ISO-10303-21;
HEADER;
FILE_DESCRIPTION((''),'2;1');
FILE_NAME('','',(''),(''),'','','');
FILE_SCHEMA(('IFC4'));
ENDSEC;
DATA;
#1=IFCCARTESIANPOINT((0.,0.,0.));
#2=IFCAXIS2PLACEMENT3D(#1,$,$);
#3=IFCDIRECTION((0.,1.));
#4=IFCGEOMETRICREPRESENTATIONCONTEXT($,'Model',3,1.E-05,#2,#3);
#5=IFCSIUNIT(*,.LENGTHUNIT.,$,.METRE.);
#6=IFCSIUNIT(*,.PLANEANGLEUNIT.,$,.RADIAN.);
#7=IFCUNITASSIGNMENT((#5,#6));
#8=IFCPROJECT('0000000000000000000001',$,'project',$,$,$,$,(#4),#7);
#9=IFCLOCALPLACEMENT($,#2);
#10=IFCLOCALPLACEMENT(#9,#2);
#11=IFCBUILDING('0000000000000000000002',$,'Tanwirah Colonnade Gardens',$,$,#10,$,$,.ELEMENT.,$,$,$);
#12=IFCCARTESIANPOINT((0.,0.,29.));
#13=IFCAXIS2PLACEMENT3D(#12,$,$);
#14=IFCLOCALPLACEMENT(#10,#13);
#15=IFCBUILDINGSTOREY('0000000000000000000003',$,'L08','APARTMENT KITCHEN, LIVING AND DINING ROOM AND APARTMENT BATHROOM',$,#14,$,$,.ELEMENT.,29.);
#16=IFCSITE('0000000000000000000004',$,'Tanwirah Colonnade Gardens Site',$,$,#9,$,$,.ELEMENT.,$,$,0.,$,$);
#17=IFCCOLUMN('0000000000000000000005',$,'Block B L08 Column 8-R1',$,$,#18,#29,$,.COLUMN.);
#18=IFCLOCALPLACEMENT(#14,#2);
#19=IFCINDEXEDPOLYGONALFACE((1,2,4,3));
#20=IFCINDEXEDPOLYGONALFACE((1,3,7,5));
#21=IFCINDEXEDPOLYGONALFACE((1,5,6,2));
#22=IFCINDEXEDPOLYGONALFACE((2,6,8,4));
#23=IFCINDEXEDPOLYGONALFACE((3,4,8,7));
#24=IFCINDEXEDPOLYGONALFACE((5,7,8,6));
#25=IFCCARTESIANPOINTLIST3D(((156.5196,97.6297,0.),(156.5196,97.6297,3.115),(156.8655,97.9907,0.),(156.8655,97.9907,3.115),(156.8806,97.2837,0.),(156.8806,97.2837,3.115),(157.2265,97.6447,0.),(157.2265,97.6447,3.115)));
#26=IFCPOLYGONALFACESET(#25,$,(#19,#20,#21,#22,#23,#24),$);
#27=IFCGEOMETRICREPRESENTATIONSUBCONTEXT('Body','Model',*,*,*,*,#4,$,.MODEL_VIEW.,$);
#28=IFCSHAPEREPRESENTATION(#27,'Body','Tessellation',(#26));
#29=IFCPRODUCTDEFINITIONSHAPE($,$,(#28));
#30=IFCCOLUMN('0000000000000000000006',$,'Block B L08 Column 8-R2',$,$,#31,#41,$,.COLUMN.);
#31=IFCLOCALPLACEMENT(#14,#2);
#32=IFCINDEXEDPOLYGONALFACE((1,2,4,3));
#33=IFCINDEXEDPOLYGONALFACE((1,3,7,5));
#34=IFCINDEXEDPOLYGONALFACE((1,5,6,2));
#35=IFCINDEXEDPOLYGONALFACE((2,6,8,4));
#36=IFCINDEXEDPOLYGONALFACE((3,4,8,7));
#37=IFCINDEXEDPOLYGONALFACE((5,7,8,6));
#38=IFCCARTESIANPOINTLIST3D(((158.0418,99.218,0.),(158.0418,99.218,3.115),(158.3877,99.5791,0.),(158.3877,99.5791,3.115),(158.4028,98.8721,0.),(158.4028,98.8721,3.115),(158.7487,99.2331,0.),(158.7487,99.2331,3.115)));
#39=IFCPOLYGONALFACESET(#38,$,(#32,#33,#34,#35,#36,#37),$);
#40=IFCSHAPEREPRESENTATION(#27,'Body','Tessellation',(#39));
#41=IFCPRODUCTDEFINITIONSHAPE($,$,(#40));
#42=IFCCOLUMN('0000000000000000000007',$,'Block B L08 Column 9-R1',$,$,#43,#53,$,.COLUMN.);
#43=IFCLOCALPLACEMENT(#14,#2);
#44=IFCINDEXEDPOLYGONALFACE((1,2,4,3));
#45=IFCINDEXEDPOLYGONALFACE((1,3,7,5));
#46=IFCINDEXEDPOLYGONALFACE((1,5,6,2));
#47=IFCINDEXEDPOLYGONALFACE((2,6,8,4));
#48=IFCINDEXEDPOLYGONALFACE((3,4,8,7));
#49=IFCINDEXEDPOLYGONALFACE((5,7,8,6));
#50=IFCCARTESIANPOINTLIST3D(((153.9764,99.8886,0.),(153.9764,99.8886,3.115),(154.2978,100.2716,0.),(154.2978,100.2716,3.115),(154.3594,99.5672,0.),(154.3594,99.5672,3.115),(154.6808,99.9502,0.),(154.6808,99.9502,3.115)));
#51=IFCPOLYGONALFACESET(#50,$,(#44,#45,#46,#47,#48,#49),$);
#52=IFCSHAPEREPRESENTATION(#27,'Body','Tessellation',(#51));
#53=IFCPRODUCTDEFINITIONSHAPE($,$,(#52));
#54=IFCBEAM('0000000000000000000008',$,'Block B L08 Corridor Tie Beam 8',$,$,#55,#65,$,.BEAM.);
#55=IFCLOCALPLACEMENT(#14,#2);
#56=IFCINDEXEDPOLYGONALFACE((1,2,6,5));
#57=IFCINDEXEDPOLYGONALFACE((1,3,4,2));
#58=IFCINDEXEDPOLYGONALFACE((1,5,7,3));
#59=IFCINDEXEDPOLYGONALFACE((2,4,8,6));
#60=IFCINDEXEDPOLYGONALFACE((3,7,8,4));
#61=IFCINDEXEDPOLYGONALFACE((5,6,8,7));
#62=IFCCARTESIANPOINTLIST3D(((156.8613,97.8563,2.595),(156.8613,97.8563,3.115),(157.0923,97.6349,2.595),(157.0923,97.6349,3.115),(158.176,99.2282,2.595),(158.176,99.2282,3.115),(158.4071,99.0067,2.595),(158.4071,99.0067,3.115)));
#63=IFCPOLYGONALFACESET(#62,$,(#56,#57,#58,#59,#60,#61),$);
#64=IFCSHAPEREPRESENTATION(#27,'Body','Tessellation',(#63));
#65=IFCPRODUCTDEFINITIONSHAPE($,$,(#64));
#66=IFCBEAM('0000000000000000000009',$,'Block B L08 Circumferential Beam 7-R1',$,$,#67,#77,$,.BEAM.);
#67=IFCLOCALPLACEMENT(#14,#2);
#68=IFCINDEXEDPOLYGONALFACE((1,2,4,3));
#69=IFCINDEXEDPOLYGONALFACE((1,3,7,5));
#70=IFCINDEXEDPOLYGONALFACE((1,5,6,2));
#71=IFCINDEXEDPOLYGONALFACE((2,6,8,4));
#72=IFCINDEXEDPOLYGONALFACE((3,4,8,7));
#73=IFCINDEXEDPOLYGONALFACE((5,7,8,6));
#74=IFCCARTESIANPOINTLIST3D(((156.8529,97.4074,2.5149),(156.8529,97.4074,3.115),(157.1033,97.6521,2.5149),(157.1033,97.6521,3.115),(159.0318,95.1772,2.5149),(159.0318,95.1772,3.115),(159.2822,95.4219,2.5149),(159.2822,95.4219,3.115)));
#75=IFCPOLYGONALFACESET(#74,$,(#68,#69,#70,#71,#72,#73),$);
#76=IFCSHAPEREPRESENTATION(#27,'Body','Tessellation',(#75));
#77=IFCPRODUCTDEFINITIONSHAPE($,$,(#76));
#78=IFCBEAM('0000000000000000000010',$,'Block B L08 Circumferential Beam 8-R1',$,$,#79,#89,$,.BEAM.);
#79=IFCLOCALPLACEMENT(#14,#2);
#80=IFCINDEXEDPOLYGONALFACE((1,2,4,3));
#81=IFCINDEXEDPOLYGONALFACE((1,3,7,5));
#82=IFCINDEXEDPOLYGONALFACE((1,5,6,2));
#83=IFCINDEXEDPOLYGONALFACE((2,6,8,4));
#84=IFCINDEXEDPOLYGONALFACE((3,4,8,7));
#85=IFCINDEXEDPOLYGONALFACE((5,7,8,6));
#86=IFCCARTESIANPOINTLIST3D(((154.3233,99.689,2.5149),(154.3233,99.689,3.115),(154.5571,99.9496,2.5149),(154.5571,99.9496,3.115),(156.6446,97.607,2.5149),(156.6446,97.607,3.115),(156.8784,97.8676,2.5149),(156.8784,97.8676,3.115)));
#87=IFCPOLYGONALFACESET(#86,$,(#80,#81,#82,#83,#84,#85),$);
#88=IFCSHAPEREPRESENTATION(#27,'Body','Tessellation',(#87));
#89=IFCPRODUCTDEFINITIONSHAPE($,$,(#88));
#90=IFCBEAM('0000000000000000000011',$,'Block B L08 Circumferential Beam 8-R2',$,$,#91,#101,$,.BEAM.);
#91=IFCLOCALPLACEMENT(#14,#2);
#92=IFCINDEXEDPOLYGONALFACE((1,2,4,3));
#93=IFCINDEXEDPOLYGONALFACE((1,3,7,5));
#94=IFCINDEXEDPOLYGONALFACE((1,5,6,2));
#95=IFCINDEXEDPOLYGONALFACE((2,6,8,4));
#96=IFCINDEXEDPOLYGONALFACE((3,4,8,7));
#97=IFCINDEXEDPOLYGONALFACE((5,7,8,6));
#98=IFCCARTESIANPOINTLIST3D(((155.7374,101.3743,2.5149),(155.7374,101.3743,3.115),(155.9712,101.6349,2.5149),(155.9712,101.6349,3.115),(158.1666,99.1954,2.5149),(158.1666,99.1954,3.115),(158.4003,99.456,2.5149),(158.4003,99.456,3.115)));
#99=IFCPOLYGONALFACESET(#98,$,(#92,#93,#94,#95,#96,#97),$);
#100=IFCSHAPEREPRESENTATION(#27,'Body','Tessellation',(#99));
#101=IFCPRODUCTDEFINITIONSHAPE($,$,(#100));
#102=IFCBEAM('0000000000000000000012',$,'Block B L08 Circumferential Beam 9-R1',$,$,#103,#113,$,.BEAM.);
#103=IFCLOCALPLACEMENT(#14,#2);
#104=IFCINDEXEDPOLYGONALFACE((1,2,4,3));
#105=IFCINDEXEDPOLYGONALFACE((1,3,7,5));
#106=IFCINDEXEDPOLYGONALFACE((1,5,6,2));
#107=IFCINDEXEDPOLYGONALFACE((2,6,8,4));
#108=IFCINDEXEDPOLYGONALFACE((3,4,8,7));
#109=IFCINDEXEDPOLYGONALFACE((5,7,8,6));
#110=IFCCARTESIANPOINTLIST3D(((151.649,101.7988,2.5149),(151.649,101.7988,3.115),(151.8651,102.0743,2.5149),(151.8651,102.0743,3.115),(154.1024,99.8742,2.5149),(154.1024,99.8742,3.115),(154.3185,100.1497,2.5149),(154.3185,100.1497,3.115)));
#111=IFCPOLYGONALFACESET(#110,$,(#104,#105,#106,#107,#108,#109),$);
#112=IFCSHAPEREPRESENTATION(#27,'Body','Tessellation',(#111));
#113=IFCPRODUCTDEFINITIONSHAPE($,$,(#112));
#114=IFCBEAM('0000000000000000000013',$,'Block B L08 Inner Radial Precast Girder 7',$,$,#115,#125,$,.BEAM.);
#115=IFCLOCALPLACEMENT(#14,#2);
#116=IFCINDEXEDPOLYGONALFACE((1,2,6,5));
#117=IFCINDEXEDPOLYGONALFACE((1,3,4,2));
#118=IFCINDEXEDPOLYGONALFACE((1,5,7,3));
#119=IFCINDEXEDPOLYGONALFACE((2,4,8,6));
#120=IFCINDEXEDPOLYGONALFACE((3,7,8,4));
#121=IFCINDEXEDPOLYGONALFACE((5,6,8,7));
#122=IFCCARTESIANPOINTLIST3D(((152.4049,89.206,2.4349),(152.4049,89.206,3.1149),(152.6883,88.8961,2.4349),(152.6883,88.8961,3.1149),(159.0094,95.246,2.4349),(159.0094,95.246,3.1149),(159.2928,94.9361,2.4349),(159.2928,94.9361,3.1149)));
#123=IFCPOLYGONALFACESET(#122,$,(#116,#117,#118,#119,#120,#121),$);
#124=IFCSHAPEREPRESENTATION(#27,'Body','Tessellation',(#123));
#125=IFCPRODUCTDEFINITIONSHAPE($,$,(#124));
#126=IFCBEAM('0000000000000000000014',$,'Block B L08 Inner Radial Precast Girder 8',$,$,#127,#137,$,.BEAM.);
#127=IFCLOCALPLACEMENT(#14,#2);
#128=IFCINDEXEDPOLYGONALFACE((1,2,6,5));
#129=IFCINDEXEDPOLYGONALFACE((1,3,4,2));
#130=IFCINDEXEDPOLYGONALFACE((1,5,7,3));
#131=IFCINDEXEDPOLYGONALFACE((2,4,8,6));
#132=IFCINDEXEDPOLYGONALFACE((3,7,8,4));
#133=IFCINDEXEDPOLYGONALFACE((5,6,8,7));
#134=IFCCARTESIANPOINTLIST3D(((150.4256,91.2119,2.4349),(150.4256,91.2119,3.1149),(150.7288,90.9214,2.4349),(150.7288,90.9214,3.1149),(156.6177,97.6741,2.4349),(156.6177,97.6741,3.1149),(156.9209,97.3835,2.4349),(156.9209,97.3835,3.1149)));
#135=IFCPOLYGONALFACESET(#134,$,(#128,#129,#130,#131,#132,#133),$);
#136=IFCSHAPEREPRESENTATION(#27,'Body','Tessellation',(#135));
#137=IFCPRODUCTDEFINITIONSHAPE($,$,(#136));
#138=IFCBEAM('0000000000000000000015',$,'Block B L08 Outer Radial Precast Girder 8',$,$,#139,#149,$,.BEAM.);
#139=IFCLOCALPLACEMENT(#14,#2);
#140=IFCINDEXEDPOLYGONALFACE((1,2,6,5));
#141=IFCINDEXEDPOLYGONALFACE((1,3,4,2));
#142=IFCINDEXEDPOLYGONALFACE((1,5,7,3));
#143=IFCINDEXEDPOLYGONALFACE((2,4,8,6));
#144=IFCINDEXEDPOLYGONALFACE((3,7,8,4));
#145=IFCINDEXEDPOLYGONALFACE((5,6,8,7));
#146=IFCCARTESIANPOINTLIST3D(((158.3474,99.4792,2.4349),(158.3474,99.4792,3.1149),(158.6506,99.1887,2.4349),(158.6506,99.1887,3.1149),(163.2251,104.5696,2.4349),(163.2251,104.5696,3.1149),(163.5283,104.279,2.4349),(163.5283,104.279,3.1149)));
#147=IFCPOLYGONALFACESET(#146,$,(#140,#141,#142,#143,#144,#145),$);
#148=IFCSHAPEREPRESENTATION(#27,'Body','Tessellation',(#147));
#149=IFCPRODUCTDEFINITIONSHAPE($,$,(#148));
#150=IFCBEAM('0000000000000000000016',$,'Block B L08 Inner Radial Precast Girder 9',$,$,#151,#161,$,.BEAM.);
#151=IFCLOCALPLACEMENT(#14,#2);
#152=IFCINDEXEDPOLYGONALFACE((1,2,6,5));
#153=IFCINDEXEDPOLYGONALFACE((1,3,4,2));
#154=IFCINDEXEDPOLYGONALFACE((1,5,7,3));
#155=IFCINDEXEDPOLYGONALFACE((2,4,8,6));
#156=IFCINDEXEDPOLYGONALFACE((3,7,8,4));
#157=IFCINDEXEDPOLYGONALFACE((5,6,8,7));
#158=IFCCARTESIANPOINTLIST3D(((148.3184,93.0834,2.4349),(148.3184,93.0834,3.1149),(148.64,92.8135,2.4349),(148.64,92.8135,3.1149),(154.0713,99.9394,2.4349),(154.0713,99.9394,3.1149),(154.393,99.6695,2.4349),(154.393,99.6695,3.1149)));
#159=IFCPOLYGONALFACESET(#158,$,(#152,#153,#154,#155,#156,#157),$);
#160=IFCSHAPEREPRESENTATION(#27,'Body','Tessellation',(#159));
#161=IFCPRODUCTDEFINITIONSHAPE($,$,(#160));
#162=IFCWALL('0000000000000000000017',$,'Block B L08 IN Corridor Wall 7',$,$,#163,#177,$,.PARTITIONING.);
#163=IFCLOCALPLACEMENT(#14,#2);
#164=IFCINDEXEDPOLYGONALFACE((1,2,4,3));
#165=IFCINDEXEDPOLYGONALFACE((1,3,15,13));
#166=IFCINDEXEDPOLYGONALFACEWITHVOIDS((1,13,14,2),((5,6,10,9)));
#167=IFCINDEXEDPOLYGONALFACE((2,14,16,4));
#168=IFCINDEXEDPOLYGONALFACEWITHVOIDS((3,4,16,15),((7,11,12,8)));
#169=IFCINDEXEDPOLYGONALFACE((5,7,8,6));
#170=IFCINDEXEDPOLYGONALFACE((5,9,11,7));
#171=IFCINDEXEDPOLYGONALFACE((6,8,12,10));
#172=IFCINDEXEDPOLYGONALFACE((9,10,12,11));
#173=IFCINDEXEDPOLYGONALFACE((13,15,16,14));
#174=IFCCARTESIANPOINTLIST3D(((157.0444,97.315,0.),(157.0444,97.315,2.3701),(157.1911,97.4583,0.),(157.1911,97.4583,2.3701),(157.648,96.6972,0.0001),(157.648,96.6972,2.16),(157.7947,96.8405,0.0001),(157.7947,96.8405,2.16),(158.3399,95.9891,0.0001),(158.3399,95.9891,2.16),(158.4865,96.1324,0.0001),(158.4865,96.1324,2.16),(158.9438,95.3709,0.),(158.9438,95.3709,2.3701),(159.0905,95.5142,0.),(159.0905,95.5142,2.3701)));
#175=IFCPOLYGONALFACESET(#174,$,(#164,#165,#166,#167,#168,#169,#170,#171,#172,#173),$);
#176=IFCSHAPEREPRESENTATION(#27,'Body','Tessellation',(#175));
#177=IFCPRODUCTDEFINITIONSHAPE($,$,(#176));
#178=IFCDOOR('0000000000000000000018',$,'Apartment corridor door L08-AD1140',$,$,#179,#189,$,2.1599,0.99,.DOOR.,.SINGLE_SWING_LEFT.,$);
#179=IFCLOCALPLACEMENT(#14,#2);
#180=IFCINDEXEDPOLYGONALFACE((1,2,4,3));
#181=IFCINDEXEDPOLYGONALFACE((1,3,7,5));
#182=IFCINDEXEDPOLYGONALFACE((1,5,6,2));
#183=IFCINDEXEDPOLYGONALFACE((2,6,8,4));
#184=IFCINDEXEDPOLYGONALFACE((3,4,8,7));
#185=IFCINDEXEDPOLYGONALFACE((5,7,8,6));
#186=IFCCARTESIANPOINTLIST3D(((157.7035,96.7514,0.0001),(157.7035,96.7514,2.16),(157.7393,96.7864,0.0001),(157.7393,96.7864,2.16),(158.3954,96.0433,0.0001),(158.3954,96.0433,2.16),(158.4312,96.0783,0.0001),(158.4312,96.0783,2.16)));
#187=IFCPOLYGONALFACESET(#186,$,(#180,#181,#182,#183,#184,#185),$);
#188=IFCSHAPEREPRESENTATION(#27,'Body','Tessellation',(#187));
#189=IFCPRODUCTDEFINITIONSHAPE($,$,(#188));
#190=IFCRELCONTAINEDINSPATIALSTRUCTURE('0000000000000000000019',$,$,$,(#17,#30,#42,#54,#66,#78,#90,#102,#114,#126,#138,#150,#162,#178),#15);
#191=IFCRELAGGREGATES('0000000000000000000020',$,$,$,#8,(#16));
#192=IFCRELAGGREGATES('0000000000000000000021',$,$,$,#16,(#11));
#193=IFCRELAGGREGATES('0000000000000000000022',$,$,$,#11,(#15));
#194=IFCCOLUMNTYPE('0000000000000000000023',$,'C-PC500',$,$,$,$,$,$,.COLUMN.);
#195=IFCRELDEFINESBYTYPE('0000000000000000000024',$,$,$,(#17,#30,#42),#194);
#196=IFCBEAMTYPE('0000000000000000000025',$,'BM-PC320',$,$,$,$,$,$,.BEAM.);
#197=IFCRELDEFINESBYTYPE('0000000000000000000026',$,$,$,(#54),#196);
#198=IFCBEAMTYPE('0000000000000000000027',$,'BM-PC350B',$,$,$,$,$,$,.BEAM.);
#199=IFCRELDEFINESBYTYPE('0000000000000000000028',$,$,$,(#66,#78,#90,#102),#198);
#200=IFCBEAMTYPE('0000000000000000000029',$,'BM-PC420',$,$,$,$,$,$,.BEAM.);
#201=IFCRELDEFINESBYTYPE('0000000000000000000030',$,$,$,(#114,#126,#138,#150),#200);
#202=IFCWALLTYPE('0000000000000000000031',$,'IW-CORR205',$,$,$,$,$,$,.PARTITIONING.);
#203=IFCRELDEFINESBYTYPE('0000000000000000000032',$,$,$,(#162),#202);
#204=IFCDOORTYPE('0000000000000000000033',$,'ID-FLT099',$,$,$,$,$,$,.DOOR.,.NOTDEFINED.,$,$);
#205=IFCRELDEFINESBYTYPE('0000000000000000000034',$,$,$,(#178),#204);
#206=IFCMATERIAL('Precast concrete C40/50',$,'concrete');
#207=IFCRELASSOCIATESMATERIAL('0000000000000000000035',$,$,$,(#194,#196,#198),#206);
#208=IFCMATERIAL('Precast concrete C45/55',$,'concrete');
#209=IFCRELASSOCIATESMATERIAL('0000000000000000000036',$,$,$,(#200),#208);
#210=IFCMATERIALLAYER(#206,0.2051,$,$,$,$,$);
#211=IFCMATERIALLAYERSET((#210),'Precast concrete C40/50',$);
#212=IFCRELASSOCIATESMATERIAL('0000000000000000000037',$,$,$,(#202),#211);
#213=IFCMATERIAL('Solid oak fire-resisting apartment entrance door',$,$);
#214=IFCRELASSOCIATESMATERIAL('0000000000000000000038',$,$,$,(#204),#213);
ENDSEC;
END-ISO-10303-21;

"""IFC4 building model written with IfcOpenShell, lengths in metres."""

from ifc_helpers import new_model, si_unit, direction, frame, frame_2d, origin, origin_2d, place, context, subcontext, project, spatial, rectangle, extrude, material, layer, layer_set, material_profile, profile_set, type_object, element, fill, save


model = new_model("IFC4")

# Units and contexts
model_context = context("Model", 3, precision=1e-05, world=origin(), true_north=direction((0.0, 1.0)))
body_context = subcontext(model_context, "Body", "Model", "MODEL_VIEW")
ifc_project = project(units=[si_unit("LENGTHUNIT", "METRE"), si_unit("PLANEANGLEUNIT", "RADIAN")], contexts=[model_context])

# Site, building, storey
site_placement = place(None, origin())
site = spatial("IfcSite", under=ifc_project, at=site_placement, Name="Tanwirah Colonnade Gardens Site", CompositionType="ELEMENT", RefElevation=0.0)
building_placement = place(site_placement, origin())
building = spatial("IfcBuilding", under=site, at=building_placement, Name="Tanwirah Colonnade Gardens", CompositionType="ELEMENT")
storey_placement = place(building_placement, frame((0.0, 0.0, 29.0)))
storey = spatial("IfcBuildingStorey", under=building, at=storey_placement, Name="L08", Description="APARTMENT KITCHEN, LIVING AND DINING ROOM AND APARTMENT BATHROOM", CompositionType="ELEMENT", Elevation=29.0)

# Columns
ifc_material_1 = material(Name="Precast concrete C40/50", Category="concrete")
ifc_material_profile_1 = material_profile(ifc_material_1, rectangle(XDim=0.5, YDim=0.5, at=origin_2d()), Name="PC-COL 500x500")
ifc_profile_set_1 = profile_set([ifc_material_profile_1], Name="Precast concrete C40/50")
column_type = type_object("IfcColumnType", Name="C-PC500", PredefinedType="COLUMN", material=ifc_profile_set_1)
for number, where, z_axis, x_axis, name in (
    (1, (156.873, 97.6372, 0.0), (0.0, 0.0, 1.0), (0.691863, 0.722029, 0.0), "Block B L08 Column 8-R1"),
    (2, (158.3953, 99.2256, 0.0), (0.0, 0.0, 1.0), (0.691863, 0.722029, 0.0), "Block B L08 Column 8-R2"),
    (3, (154.3286, 99.9194, 0.0), (0.0, 0.0, 1.0), (0.642788, 0.766044, 0.0), "Block B L08 Column 9-R1"),
):
    element("IfcColumn", number, at=place(storey_placement, frame(where, z_axis=z_axis, x_axis=x_axis)), inside=storey, type_object=column_type, Name=name, PredefinedType="COLUMN", context=body_context, shape_type="SweptSolid", body=[
        extrude(rectangle(XDim=0.5, YDim=0.5, at=origin_2d()), origin(), (0.0, 0.0, 1.0), 3.115),
    ])

# Beams
ifc_material_profile_2 = material_profile(ifc_material_1, rectangle(XDim=0.3201, YDim=0.52, at=origin_2d()), Name="PC-BM 320x520")
ifc_profile_set_2 = profile_set([ifc_material_profile_2], Name="Precast concrete C40/50")
beam_type_1 = type_object("IfcBeamType", Name="BM-PC320", PredefinedType="BEAM", material=ifc_profile_set_2)
beam_1_placement = place(storey_placement, frame((156.9768, 97.7456, 2.855), z_axis=(0.691914, 0.72198, 0.0), x_axis=(-0.72198, 0.691914, 0.0)))
element("IfcBeam", 4, at=beam_1_placement, inside=storey, type_object=beam_type_1, Name="Block B L08 Corridor Tie Beam 8", PredefinedType="BEAM", context=body_context, shape_type="SweptSolid", body=[
    extrude(rectangle(XDim=0.3201, YDim=0.52, at=origin_2d()), origin(), (0.0, 0.0, 1.0), 1.9001),
])
ifc_material_profile_3 = material_profile(ifc_material_1, rectangle(XDim=0.3501, YDim=0.6001, at=origin_2d()), Name="PC-BM 350x600")
ifc_profile_set_3 = profile_set([ifc_material_profile_3], Name="Precast concrete C40/50")
beam_type_2 = type_object("IfcBeamType", Name="BM-PC350B", PredefinedType="BEAM", material=ifc_profile_set_3)
beam_2_placement = place(storey_placement, frame((159.157, 95.2996, 2.8149), z_axis=(-0.698837, 0.715281, 0.0), x_axis=(-0.715281, -0.698837, 0.0)))
element("IfcBeam", 5, at=beam_2_placement, inside=storey, type_object=beam_type_2, Name="Block B L08 Circumferential Beam 7-R1", PredefinedType="BEAM", context=body_context, shape_type="SweptSolid", body=[
    extrude(rectangle(XDim=0.3501, YDim=0.6001, at=origin_2d()), origin(), (0.0, 0.0, 1.0), 3.1179),
])
beam_3_placement = place(storey_placement, frame((156.7615, 97.7373, 2.8149), z_axis=(-0.74443, 0.667701, 0.0), x_axis=(-0.667701, -0.74443, 0.0)))
element("IfcBeam", 6, at=beam_3_placement, inside=storey, type_object=beam_type_2, Name="Block B L08 Circumferential Beam 8-R1", PredefinedType="BEAM", context=body_context, shape_type="SweptSolid", body=[
    extrude(rectangle(XDim=0.3501, YDim=0.6001, at=origin_2d()), origin(), (0.0, 0.0, 1.0), 3.1182),
])
beam_4_placement = place(storey_placement, frame((158.2834, 99.3257, 2.8149), z_axis=(-0.744409, 0.667724, 0.0), x_axis=(-0.667724, -0.744409, 0.0)))
element("IfcBeam", 7, at=beam_4_placement, inside=storey, type_object=beam_type_2, Name="Block B L08 Circumferential Beam 8-R2", PredefinedType="BEAM", context=body_context, shape_type="SweptSolid", body=[
    extrude(rectangle(XDim=0.3501, YDim=0.6001, at=origin_2d()), origin(), (0.0, 0.0, 1.0), 3.2632),
])
beam_5_placement = place(storey_placement, frame((154.2104, 100.012, 2.8149), z_axis=(-0.786799, 0.617209, 0.0), x_axis=(-0.617209, -0.786799, 0.0)))
element("IfcBeam", 8, at=beam_5_placement, inside=storey, type_object=beam_type_2, Name="Block B L08 Circumferential Beam 9-R1", PredefinedType="BEAM", context=body_context, shape_type="SweptSolid", body=[
    extrude(rectangle(XDim=0.3501, YDim=0.6001, at=origin_2d()), origin(), (0.0, 0.0, 1.0), 3.1182),
])
ifc_material_2 = material(Name="Precast concrete C45/55", Category="concrete")
ifc_material_profile_4 = material_profile(ifc_material_2, rectangle(XDim=0.4199, YDim=0.6799, at=origin_2d()), Name="PC-BM 420x680")
ifc_profile_set_4 = profile_set([ifc_material_profile_4], Name="Precast concrete C45/55")
beam_type_3 = type_object("IfcBeamType", Name="BM-PC420", PredefinedType="BEAM", material=ifc_profile_set_4)
for number, where, z_axis, x_axis, name in (
    (9, (159.1511, 95.0911, 2.7749), (-0.737937, -0.674869, 0.0), (0.674869, -0.737937, 0.0), "Block B L08 Inner Radial Precast Girder 7"),
    (10, (156.7693, 97.5288, 2.7749), (-0.691861, -0.722031, 0.0), (0.722031, -0.691861, 0.0), "Block B L08 Inner Radial Precast Girder 8"),
):
    element("IfcBeam", number, at=place(storey_placement, frame(where, z_axis=z_axis, x_axis=x_axis)), inside=storey, type_object=beam_type_3, Name=name, PredefinedType="BEAM", context=body_context, shape_type="SweptSolid", body=[
        extrude(rectangle(XDim=0.4199, YDim=0.6799, at=origin_2d()), origin(), (0.0, 0.0, 1.0), 8.95),
    ])
beam_6_placement = place(storey_placement, frame((158.499, 99.334, 2.7749), z_axis=(0.691865, 0.722027, 0.0), x_axis=(-0.722027, 0.691865, 0.0)))
element("IfcBeam", 11, at=beam_6_placement, inside=storey, type_object=beam_type_3, Name="Block B L08 Outer Radial Precast Girder 8", PredefinedType="BEAM", context=body_context, shape_type="SweptSolid", body=[
    extrude(rectangle(XDim=0.4199, YDim=0.6799, at=origin_2d()), origin(), (0.0, 0.0, 1.0), 7.05),
])
beam_7_placement = place(storey_placement, frame((154.2322, 99.8044, 2.7749), z_axis=(-0.642794, -0.766039, 0.0), x_axis=(0.766039, -0.642794, 0.0)))
element("IfcBeam", 12, at=beam_7_placement, inside=storey, type_object=beam_type_3, Name="Block B L08 Inner Radial Precast Girder 9", PredefinedType="BEAM", context=body_context, shape_type="SweptSolid", body=[
    extrude(rectangle(XDim=0.4199, YDim=0.6799, at=origin_2d()), origin(), (0.0, 0.0, 1.0), 8.95),
])

# Wall, opening, door
ifc_layer_1 = layer(ifc_material_1, 0.2051)
ifc_layer_set_1 = layer_set([ifc_layer_1], Name="Precast concrete C40/50")
wall_type = type_object("IfcWallType", Name="IW-CORR205", PredefinedType="PARTITIONING", material=ifc_layer_set_1)
wall_1_placement = place(storey_placement, frame((159.0171, 95.4426, 0.0), z_axis=(0.0, 0.0, 1.0), x_axis=(-0.69884, 0.715278, 0.0)))
wall_1 = element("IfcWall", 13, at=wall_1_placement, inside=storey, type_object=wall_type, Name="Block B L08 IN Corridor Wall 7", PredefinedType="PARTITIONING", context=body_context, shape_type="SweptSolid", body=[
    extrude(rectangle(XDim=2.718, YDim=0.2051, at=frame_2d((1.3589, 0.0))), origin(), (0.0, 0.0, 1.0), 2.3701),
])
opening_1_placement = place(wall_1_placement, frame((0.864, 0.0, 0.0)))
opening_1 = element("IfcOpeningElement", 14, at=opening_1_placement, cuts=wall_1, PredefinedType="OPENING", context=body_context, shape_type="SweptSolid", body=[
    extrude(rectangle(XDim=0.99, YDim=2.1599, at=frame_2d((0.4951, 1.0801))), frame((0.0, 0.1125, 0.0), z_axis=(0.0, -1.0, 0.0), x_axis=(1.0, 0.0, 0.0)), (0.0, 0.0, 1.0), 0.2251),
])
ifc_material_3 = material(Name="Solid oak fire-resisting apartment entrance door")
door_type_1 = type_object("IfcDoorType", Name="ID-FLT099", OperationType="NOTDEFINED", PredefinedType="DOOR", material=ifc_material_3)
door_1_placement = place(opening_1_placement, origin())
door_1 = element("IfcDoor", 15, at=door_1_placement, inside=storey, type_object=door_type_1, Name="Apartment corridor door L08-AD1140", OperationType="SINGLE_SWING_LEFT", OverallHeight=2.1599, OverallWidth=0.99, PredefinedType="DOOR", context=body_context, shape_type="SweptSolid", body=[
    extrude(rectangle(XDim=0.99, YDim=2.1599, at=frame_2d((0.4951, 1.0801))), frame((0.0, 0.0249, 0.0), z_axis=(0.0, -1.0, 0.0), x_axis=(1.0, 0.0, 0.0)), (0.0, 0.0, 1.0), 0.05),
])
fill(opening_1, door_1)

save(model, "model.ifc")
